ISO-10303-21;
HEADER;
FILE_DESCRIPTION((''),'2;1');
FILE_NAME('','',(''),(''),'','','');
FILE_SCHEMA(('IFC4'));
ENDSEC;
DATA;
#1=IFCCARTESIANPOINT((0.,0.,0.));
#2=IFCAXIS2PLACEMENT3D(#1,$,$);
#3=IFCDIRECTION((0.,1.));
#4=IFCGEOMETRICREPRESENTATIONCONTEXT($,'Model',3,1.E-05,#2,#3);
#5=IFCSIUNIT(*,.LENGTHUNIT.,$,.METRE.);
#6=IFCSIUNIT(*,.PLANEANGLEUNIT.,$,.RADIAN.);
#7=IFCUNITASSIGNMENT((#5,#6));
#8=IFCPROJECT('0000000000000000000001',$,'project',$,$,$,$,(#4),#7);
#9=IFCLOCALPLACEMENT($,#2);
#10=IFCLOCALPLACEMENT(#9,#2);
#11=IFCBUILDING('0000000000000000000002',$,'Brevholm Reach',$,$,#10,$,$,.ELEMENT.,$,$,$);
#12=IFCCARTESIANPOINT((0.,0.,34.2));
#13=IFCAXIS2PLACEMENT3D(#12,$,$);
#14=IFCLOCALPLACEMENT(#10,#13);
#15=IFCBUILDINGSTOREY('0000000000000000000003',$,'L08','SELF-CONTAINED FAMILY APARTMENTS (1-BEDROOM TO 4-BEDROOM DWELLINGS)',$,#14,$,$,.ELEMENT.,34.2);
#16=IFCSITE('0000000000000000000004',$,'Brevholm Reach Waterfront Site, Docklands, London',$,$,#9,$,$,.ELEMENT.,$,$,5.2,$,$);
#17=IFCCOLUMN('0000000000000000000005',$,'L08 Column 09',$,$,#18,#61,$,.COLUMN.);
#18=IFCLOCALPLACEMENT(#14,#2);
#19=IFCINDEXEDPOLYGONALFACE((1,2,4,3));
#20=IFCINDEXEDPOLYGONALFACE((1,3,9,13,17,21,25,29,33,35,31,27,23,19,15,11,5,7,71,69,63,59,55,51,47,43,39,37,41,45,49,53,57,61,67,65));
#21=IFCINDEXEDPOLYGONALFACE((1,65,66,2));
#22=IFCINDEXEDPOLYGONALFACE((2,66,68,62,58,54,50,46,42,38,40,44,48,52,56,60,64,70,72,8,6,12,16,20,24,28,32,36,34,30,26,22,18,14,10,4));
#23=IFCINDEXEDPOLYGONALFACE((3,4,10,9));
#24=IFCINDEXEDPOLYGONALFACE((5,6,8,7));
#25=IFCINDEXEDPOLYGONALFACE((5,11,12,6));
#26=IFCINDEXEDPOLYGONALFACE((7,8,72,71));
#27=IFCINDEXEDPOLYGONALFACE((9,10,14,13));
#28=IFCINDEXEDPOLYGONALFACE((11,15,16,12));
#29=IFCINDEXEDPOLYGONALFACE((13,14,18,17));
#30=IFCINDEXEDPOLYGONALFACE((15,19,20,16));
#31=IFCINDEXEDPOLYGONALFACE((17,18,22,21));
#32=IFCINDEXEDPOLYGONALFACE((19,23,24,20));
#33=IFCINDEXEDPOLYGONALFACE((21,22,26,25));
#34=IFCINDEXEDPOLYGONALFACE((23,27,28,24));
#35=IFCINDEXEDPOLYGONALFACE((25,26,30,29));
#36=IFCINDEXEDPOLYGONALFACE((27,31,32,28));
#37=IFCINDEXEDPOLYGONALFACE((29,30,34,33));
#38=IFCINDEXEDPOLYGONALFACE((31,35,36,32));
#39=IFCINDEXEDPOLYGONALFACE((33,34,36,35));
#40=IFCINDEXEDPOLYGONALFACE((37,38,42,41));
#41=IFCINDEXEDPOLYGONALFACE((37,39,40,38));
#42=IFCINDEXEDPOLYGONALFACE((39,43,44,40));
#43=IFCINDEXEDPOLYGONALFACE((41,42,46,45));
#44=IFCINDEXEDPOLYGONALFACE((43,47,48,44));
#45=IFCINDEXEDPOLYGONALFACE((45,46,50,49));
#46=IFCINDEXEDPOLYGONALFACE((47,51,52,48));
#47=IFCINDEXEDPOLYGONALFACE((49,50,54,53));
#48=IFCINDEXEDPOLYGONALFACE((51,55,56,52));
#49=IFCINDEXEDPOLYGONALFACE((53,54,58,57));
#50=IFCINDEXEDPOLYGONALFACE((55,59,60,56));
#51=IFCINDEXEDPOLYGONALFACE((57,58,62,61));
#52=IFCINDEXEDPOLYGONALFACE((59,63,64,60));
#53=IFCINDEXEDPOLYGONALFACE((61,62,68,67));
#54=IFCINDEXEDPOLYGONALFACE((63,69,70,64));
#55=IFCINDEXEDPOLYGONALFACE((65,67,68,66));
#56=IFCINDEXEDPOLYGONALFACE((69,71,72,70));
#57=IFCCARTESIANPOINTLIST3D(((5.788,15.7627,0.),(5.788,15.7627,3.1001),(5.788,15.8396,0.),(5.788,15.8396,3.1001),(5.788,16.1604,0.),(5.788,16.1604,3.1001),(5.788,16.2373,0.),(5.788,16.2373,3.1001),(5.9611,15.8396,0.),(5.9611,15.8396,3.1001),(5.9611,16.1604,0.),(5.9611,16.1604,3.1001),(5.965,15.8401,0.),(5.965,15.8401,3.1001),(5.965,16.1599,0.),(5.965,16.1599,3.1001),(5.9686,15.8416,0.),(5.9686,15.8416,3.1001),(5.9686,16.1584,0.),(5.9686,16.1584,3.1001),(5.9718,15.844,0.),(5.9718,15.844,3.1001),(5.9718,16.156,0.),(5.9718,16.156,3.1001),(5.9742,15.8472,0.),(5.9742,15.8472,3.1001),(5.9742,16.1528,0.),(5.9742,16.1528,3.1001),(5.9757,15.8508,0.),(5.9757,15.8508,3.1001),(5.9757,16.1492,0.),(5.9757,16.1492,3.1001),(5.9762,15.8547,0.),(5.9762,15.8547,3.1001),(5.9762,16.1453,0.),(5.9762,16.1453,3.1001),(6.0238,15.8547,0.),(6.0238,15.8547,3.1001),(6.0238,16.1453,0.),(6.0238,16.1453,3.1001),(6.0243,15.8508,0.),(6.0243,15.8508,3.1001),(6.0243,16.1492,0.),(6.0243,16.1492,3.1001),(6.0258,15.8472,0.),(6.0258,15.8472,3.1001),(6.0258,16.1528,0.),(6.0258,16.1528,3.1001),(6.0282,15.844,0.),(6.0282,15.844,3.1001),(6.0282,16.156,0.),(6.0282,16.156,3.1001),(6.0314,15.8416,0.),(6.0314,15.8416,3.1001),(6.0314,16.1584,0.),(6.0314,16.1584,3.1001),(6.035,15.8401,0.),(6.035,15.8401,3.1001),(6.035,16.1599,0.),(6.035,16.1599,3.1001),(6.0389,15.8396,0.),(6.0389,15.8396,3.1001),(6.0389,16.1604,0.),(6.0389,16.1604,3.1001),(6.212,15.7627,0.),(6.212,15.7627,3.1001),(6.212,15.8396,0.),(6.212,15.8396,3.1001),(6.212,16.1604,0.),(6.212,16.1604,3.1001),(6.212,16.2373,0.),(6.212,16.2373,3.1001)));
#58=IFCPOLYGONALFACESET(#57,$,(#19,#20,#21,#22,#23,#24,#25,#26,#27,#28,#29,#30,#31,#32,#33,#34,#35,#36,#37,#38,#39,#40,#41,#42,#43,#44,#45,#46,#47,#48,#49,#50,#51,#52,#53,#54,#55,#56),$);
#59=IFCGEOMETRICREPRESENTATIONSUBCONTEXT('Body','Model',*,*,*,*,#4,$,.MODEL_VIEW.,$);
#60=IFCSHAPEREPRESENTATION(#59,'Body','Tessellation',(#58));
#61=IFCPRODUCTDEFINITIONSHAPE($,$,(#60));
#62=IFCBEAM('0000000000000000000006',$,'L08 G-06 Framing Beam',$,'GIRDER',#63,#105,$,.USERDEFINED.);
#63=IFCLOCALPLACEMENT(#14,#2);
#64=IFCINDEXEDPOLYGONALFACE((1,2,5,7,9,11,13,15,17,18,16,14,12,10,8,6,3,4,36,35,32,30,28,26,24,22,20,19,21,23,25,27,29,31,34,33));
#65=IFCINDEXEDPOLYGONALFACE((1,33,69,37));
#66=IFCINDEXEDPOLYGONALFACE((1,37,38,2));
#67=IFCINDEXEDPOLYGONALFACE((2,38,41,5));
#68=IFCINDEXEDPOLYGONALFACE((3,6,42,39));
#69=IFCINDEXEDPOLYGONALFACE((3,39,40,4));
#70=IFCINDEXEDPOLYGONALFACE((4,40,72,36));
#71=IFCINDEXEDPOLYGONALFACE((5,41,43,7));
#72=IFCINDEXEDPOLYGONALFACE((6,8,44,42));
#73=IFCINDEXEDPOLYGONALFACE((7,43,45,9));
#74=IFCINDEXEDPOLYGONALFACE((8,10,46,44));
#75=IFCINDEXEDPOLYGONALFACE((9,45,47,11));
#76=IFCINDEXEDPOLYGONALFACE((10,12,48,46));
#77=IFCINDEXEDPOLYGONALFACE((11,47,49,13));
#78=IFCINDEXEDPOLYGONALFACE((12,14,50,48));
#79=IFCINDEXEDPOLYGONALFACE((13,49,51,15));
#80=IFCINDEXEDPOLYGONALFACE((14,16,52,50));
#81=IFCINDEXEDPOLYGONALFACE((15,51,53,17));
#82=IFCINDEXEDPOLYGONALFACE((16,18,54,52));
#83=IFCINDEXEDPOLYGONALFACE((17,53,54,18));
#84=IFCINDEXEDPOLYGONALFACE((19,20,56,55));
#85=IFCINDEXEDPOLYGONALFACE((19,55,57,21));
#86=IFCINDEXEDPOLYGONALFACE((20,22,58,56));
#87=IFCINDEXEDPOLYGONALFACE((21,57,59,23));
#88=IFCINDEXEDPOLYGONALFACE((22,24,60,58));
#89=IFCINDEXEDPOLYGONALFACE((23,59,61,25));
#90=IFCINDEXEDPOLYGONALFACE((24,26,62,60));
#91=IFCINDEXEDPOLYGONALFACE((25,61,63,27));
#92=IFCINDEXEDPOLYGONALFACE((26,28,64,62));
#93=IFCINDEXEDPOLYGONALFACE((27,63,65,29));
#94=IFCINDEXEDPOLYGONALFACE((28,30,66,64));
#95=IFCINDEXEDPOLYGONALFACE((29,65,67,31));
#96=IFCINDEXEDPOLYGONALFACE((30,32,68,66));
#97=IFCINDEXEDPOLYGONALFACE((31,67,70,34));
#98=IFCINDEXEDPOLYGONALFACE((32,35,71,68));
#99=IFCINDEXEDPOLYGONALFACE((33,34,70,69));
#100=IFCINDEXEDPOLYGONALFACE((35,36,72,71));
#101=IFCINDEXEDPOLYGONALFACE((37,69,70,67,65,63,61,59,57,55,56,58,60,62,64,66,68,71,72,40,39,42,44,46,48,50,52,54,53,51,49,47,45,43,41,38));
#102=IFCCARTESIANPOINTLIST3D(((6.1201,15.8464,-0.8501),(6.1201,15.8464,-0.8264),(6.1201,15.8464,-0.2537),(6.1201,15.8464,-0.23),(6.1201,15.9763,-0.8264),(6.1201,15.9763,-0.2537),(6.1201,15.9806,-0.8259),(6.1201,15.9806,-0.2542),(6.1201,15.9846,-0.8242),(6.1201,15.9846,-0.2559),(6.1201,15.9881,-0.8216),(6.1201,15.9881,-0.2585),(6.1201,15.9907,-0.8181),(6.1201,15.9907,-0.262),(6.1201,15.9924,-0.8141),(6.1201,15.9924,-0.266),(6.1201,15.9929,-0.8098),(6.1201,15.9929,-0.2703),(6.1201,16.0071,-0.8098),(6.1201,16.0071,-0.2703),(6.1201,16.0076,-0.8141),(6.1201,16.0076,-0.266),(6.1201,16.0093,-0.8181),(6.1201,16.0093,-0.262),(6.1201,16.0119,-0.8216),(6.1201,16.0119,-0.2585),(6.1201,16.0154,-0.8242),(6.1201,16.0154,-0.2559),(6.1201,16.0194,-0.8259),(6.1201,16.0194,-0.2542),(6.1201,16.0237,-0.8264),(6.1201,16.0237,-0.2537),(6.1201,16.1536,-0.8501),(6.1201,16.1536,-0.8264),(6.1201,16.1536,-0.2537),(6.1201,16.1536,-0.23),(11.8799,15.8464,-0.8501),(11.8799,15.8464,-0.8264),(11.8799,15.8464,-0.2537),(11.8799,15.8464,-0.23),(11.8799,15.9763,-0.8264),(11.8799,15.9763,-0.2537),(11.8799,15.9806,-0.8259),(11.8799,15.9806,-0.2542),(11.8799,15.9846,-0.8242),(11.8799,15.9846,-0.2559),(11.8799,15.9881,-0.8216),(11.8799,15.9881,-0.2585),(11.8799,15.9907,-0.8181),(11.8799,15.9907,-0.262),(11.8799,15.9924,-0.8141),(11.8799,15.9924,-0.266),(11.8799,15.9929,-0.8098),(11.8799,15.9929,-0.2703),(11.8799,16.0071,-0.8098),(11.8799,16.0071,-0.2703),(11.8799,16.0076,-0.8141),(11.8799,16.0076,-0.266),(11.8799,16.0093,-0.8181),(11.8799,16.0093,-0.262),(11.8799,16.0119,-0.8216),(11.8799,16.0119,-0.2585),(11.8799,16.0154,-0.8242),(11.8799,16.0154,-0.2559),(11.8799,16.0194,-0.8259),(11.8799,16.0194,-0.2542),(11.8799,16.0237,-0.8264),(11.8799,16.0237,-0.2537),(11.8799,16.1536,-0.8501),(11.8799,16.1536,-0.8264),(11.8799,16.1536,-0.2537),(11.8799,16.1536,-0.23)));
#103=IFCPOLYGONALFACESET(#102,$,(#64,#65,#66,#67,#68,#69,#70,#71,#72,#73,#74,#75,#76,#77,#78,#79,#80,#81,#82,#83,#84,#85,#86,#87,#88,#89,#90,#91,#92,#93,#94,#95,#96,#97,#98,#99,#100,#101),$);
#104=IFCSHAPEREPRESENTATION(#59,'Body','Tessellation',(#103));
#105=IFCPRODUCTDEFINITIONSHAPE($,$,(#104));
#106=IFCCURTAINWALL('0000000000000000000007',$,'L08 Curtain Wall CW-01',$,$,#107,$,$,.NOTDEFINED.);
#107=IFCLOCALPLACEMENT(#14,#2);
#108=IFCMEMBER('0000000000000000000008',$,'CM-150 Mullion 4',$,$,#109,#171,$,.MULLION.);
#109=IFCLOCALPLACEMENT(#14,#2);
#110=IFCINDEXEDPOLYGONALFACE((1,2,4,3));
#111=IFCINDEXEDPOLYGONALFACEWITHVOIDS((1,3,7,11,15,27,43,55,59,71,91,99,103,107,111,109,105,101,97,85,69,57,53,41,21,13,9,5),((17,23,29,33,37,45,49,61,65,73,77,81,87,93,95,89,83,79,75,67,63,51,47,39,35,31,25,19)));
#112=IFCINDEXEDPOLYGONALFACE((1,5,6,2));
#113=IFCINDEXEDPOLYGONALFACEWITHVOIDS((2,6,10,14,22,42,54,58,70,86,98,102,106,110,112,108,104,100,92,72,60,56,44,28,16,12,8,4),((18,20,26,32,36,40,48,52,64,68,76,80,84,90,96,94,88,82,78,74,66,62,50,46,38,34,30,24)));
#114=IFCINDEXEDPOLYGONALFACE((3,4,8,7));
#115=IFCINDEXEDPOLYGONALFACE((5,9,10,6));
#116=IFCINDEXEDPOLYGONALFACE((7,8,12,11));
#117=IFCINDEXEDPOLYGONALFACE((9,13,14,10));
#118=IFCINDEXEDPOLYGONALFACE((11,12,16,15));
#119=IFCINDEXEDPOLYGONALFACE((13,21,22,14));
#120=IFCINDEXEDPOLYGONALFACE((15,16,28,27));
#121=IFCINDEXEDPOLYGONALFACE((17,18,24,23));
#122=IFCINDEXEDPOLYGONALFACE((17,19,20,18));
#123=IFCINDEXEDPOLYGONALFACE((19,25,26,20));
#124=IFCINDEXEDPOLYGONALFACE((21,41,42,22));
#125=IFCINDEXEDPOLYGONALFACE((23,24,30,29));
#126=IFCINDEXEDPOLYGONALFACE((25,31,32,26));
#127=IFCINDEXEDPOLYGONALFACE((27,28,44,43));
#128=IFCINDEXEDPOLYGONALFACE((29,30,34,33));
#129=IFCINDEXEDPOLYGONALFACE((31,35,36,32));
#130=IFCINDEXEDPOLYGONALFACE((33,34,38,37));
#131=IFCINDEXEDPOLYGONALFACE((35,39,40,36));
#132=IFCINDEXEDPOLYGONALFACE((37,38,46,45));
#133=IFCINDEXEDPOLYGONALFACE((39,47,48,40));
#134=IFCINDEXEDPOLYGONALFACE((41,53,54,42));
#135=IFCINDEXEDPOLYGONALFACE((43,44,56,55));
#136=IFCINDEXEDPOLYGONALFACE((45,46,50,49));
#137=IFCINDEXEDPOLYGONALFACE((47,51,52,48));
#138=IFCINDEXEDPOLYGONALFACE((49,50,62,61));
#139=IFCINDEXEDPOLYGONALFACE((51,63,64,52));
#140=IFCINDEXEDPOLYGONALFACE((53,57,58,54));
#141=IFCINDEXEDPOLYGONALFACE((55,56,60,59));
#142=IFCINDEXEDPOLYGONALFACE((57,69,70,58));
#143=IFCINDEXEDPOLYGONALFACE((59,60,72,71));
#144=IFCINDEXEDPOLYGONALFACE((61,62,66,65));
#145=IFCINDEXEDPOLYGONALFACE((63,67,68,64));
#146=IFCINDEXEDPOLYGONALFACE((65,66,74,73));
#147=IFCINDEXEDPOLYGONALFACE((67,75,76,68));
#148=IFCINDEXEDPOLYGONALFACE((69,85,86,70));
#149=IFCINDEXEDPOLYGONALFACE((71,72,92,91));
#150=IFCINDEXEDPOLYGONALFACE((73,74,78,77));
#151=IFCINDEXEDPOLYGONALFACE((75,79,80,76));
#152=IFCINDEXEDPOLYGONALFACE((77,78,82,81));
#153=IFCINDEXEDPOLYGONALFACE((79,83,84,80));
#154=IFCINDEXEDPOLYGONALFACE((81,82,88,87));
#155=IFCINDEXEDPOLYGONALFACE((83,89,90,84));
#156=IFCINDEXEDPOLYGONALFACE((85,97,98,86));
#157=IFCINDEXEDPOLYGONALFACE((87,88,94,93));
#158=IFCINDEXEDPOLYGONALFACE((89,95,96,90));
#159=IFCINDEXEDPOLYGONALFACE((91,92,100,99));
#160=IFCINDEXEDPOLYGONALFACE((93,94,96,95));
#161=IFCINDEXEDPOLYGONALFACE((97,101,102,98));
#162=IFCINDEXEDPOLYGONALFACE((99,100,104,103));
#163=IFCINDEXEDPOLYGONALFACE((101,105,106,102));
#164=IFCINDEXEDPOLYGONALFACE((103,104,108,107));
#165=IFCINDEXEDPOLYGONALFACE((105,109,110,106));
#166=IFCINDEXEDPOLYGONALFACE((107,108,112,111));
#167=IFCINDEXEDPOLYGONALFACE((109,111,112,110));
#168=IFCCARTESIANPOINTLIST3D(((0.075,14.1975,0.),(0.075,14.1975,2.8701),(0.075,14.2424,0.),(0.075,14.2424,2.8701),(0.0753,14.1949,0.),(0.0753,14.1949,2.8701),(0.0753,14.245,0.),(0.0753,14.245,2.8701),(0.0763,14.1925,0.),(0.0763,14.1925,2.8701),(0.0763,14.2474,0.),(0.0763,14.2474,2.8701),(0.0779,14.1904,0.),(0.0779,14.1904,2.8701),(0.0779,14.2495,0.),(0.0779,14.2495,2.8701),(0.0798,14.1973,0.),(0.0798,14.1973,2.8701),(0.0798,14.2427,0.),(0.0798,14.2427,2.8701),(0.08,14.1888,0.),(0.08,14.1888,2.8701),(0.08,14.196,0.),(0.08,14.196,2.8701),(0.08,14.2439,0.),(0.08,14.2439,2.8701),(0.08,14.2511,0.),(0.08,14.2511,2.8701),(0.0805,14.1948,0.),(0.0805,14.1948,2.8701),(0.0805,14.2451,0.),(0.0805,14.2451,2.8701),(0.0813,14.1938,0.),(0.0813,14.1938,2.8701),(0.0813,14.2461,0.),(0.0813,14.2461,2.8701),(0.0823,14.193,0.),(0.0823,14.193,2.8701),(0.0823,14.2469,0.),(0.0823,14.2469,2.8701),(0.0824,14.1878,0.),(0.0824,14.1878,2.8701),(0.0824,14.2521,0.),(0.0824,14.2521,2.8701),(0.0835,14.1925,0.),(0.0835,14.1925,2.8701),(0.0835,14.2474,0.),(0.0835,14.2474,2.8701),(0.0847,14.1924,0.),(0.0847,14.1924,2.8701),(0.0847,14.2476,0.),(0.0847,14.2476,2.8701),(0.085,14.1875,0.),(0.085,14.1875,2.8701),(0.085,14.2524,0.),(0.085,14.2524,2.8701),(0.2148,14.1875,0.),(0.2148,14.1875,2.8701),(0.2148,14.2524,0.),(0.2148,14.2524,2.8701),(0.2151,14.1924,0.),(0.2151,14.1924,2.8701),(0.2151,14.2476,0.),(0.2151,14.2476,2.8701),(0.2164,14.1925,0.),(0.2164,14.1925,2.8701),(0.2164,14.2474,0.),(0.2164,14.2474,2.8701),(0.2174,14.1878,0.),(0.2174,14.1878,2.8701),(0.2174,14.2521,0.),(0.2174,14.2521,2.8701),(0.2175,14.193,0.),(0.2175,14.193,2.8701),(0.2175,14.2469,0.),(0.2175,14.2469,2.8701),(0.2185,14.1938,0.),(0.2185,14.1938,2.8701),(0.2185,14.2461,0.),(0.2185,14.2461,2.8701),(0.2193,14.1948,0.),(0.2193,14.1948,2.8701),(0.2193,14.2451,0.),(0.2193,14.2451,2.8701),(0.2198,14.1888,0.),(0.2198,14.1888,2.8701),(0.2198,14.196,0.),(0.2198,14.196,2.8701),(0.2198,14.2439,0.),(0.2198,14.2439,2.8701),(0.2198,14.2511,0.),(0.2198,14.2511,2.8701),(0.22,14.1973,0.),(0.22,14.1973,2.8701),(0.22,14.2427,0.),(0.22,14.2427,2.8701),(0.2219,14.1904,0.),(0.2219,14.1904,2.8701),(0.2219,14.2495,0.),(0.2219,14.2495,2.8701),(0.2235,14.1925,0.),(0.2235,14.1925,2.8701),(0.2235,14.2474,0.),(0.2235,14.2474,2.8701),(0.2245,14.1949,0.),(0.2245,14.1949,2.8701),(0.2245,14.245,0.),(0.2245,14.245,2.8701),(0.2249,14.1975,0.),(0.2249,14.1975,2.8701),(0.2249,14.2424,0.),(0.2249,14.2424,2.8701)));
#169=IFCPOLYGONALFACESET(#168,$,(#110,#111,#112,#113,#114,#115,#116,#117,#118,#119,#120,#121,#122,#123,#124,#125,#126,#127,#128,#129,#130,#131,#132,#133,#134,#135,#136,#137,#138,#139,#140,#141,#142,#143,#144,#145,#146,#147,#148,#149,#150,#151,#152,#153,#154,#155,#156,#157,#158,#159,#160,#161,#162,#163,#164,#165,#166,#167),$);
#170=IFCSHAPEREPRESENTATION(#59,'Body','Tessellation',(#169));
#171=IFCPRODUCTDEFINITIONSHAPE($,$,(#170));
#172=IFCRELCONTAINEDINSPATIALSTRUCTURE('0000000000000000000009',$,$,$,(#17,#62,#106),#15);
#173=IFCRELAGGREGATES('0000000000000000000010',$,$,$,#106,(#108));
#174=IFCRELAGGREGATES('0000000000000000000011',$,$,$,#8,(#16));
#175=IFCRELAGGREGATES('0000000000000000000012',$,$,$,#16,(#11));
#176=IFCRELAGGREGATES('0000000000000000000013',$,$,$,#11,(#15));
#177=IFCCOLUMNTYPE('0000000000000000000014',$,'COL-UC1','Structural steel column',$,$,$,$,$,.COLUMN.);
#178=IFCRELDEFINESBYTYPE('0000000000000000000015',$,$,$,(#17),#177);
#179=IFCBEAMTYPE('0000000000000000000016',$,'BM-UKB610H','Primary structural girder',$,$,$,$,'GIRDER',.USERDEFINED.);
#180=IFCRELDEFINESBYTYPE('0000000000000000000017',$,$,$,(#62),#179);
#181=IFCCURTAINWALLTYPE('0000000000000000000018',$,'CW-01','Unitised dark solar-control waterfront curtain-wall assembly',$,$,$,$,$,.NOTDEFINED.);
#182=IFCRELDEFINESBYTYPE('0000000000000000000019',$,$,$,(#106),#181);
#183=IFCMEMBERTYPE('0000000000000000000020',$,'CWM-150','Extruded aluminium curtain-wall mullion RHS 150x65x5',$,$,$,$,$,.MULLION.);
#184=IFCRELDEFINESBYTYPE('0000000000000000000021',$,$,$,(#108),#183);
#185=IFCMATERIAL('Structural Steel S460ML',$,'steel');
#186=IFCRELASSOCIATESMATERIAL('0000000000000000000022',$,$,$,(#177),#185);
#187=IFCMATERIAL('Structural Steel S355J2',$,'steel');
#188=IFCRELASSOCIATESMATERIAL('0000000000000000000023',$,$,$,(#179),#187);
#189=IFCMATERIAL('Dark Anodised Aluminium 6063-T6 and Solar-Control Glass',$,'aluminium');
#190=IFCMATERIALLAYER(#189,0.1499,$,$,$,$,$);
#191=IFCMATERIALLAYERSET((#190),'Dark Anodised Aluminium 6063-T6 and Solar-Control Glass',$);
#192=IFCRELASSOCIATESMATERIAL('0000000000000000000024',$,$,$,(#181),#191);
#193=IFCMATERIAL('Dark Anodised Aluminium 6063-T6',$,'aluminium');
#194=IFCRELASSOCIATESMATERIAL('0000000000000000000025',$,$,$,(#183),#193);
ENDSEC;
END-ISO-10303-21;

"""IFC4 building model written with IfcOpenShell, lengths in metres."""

from ifc_helpers import new_model, si_unit, direction, frame, origin, origin_2d, place, context, subcontext, project, spatial, hollow_rectangle, i_section, extrude, material, layer, layer_set, material_profile, profile_set, type_object, element, aggregate, save


model = new_model("IFC4")

# Units and contexts
model_context = context("Model", 3, precision=1e-05, world=origin(), true_north=direction((0.0, 1.0)))
body_context = subcontext(model_context, "Body", "Model", "MODEL_VIEW")
ifc_project = project(units=[si_unit("LENGTHUNIT", "METRE"), si_unit("PLANEANGLEUNIT", "RADIAN")], contexts=[model_context])

# Site, building, storey
site_placement = place(None, origin())
site = spatial("IfcSite", under=ifc_project, at=site_placement, Name="Brevholm Reach Waterfront Site, Docklands, London", CompositionType="ELEMENT", RefElevation=5.2)
building_placement = place(site_placement, origin())
building = spatial("IfcBuilding", under=site, at=building_placement, Name="Brevholm Reach", CompositionType="ELEMENT")
storey_placement = place(building_placement, frame((0.0, 0.0, 34.2)))
storey = spatial("IfcBuildingStorey", under=building, at=storey_placement, Name="L08", Description="SELF-CONTAINED FAMILY APARTMENTS (1-BEDROOM TO 4-BEDROOM DWELLINGS)", CompositionType="ELEMENT", Elevation=34.2)

# Column
ifc_material_1 = material(Name="Structural Steel S460ML", Category="steel")
ifc_material_profile_1 = material_profile(ifc_material_1, i_section(OverallWidth=0.4241, OverallDepth=0.4746, WebThickness=0.0476, FlangeThickness=0.0769, FilletRadius=0.0151, at=origin_2d()), Name="UKC 356x406x634")
ifc_profile_set_1 = profile_set([ifc_material_profile_1], Name="Structural Steel S460ML")
column_type = type_object("IfcColumnType", Name="COL-UC1", Description="Structural steel column", PredefinedType="COLUMN", material=ifc_profile_set_1)
column_placement = place(storey_placement, frame((6.0, 16.0, 0.0), z_axis=(0.0, 0.0, 1.0), x_axis=(1.0, 0.0, 0.0)))
element("IfcColumn", 1, at=column_placement, inside=storey, type_object=column_type, Name="L08 Column 09", PredefinedType="COLUMN", context=body_context, shape_type="SweptSolid", body=[
    extrude(i_section(OverallWidth=0.4241, OverallDepth=0.4746, WebThickness=0.0476, FlangeThickness=0.0769, FilletRadius=0.0151, at=origin_2d()), origin(), (0.0, 0.0, 1.0), 3.1001),
])

# Beam
ifc_material_2 = material(Name="Structural Steel S355J2", Category="steel")
ifc_material_profile_2 = material_profile(ifc_material_2, i_section(OverallWidth=0.3071, OverallDepth=0.6201, WebThickness=0.0142, FlangeThickness=0.0237, FilletRadius=0.0166, at=origin_2d()), Name="UKB 610x305x179")
ifc_profile_set_2 = profile_set([ifc_material_profile_2], Name="Structural Steel S355J2")
beam_type = type_object("IfcBeamType", Name="BM-UKB610H", Description="Primary structural girder", ElementType="GIRDER", PredefinedType="USERDEFINED", material=ifc_profile_set_2)
beam_placement = place(storey_placement, frame((6.1201, 16.0, -0.54), z_axis=(1.0, 0.0, 0.0), x_axis=(0.0, 1.0, 0.0)))
element("IfcBeam", 2, at=beam_placement, inside=storey, type_object=beam_type, Name="L08 G-06 Framing Beam", ObjectType="GIRDER", PredefinedType="USERDEFINED", context=body_context, shape_type="SweptSolid", body=[
    extrude(i_section(OverallWidth=0.3071, OverallDepth=0.6201, WebThickness=0.0142, FlangeThickness=0.0237, FilletRadius=0.0166, at=origin_2d()), origin(), (0.0, 0.0, 1.0), 5.7598),
])

# Curtain wall, member
ifc_material_3 = material(Name="Dark Anodised Aluminium 6063-T6 and Solar-Control Glass", Category="aluminium")
ifc_layer_1 = layer(ifc_material_3, 0.1499)
ifc_layer_set_1 = layer_set([ifc_layer_1], Name="Dark Anodised Aluminium 6063-T6 and Solar-Control Glass")
curtain_wall_type = type_object("IfcCurtainWallType", Name="CW-01", Description="Unitised dark solar-control waterfront curtain-wall assembly", PredefinedType="NOTDEFINED", material=ifc_layer_set_1)
curtain_wall_placement = place(storey_placement, origin())
curtain_wall = element("IfcCurtainWall", 3, at=curtain_wall_placement, inside=storey, type_object=curtain_wall_type, Name="L08 Curtain Wall CW-01", PredefinedType="NOTDEFINED")
ifc_material_4 = material(Name="Dark Anodised Aluminium 6063-T6", Category="aluminium")
ifc_material_profile_3 = material_profile(ifc_material_4, hollow_rectangle(XDim=0.0649, YDim=0.1499, WallThickness=0.0049, InnerFilletRadius=0.0049, OuterFilletRadius=0.01, at=origin_2d()), Name="RHS 150x65x5")
ifc_profile_set_3 = profile_set([ifc_material_profile_3], Name="Dark Anodised Aluminium 6063-T6")
member_type_1 = type_object("IfcMemberType", Name="CWM-150", Description="Extruded aluminium curtain-wall mullion RHS 150x65x5", PredefinedType="MULLION", material=ifc_profile_set_3)
member_1_placement = place(storey_placement, frame((0.1499, 14.22, 0.0), z_axis=(0.0, 0.0, 1.0), x_axis=(0.0, -1.0, 0.0)))
member_1 = element("IfcMember", 4, at=member_1_placement, type_object=member_type_1, Name="CM-150 Mullion 4", PredefinedType="MULLION", context=body_context, shape_type="SweptSolid", body=[
    extrude(hollow_rectangle(XDim=0.0649, YDim=0.1499, WallThickness=0.0049, InnerFilletRadius=0.0049, OuterFilletRadius=0.01, at=origin_2d()), origin(), (0.0, 0.0, 1.0), 2.8701),
])
aggregate(curtain_wall, [member_1])

save(model, "model.ifc")
